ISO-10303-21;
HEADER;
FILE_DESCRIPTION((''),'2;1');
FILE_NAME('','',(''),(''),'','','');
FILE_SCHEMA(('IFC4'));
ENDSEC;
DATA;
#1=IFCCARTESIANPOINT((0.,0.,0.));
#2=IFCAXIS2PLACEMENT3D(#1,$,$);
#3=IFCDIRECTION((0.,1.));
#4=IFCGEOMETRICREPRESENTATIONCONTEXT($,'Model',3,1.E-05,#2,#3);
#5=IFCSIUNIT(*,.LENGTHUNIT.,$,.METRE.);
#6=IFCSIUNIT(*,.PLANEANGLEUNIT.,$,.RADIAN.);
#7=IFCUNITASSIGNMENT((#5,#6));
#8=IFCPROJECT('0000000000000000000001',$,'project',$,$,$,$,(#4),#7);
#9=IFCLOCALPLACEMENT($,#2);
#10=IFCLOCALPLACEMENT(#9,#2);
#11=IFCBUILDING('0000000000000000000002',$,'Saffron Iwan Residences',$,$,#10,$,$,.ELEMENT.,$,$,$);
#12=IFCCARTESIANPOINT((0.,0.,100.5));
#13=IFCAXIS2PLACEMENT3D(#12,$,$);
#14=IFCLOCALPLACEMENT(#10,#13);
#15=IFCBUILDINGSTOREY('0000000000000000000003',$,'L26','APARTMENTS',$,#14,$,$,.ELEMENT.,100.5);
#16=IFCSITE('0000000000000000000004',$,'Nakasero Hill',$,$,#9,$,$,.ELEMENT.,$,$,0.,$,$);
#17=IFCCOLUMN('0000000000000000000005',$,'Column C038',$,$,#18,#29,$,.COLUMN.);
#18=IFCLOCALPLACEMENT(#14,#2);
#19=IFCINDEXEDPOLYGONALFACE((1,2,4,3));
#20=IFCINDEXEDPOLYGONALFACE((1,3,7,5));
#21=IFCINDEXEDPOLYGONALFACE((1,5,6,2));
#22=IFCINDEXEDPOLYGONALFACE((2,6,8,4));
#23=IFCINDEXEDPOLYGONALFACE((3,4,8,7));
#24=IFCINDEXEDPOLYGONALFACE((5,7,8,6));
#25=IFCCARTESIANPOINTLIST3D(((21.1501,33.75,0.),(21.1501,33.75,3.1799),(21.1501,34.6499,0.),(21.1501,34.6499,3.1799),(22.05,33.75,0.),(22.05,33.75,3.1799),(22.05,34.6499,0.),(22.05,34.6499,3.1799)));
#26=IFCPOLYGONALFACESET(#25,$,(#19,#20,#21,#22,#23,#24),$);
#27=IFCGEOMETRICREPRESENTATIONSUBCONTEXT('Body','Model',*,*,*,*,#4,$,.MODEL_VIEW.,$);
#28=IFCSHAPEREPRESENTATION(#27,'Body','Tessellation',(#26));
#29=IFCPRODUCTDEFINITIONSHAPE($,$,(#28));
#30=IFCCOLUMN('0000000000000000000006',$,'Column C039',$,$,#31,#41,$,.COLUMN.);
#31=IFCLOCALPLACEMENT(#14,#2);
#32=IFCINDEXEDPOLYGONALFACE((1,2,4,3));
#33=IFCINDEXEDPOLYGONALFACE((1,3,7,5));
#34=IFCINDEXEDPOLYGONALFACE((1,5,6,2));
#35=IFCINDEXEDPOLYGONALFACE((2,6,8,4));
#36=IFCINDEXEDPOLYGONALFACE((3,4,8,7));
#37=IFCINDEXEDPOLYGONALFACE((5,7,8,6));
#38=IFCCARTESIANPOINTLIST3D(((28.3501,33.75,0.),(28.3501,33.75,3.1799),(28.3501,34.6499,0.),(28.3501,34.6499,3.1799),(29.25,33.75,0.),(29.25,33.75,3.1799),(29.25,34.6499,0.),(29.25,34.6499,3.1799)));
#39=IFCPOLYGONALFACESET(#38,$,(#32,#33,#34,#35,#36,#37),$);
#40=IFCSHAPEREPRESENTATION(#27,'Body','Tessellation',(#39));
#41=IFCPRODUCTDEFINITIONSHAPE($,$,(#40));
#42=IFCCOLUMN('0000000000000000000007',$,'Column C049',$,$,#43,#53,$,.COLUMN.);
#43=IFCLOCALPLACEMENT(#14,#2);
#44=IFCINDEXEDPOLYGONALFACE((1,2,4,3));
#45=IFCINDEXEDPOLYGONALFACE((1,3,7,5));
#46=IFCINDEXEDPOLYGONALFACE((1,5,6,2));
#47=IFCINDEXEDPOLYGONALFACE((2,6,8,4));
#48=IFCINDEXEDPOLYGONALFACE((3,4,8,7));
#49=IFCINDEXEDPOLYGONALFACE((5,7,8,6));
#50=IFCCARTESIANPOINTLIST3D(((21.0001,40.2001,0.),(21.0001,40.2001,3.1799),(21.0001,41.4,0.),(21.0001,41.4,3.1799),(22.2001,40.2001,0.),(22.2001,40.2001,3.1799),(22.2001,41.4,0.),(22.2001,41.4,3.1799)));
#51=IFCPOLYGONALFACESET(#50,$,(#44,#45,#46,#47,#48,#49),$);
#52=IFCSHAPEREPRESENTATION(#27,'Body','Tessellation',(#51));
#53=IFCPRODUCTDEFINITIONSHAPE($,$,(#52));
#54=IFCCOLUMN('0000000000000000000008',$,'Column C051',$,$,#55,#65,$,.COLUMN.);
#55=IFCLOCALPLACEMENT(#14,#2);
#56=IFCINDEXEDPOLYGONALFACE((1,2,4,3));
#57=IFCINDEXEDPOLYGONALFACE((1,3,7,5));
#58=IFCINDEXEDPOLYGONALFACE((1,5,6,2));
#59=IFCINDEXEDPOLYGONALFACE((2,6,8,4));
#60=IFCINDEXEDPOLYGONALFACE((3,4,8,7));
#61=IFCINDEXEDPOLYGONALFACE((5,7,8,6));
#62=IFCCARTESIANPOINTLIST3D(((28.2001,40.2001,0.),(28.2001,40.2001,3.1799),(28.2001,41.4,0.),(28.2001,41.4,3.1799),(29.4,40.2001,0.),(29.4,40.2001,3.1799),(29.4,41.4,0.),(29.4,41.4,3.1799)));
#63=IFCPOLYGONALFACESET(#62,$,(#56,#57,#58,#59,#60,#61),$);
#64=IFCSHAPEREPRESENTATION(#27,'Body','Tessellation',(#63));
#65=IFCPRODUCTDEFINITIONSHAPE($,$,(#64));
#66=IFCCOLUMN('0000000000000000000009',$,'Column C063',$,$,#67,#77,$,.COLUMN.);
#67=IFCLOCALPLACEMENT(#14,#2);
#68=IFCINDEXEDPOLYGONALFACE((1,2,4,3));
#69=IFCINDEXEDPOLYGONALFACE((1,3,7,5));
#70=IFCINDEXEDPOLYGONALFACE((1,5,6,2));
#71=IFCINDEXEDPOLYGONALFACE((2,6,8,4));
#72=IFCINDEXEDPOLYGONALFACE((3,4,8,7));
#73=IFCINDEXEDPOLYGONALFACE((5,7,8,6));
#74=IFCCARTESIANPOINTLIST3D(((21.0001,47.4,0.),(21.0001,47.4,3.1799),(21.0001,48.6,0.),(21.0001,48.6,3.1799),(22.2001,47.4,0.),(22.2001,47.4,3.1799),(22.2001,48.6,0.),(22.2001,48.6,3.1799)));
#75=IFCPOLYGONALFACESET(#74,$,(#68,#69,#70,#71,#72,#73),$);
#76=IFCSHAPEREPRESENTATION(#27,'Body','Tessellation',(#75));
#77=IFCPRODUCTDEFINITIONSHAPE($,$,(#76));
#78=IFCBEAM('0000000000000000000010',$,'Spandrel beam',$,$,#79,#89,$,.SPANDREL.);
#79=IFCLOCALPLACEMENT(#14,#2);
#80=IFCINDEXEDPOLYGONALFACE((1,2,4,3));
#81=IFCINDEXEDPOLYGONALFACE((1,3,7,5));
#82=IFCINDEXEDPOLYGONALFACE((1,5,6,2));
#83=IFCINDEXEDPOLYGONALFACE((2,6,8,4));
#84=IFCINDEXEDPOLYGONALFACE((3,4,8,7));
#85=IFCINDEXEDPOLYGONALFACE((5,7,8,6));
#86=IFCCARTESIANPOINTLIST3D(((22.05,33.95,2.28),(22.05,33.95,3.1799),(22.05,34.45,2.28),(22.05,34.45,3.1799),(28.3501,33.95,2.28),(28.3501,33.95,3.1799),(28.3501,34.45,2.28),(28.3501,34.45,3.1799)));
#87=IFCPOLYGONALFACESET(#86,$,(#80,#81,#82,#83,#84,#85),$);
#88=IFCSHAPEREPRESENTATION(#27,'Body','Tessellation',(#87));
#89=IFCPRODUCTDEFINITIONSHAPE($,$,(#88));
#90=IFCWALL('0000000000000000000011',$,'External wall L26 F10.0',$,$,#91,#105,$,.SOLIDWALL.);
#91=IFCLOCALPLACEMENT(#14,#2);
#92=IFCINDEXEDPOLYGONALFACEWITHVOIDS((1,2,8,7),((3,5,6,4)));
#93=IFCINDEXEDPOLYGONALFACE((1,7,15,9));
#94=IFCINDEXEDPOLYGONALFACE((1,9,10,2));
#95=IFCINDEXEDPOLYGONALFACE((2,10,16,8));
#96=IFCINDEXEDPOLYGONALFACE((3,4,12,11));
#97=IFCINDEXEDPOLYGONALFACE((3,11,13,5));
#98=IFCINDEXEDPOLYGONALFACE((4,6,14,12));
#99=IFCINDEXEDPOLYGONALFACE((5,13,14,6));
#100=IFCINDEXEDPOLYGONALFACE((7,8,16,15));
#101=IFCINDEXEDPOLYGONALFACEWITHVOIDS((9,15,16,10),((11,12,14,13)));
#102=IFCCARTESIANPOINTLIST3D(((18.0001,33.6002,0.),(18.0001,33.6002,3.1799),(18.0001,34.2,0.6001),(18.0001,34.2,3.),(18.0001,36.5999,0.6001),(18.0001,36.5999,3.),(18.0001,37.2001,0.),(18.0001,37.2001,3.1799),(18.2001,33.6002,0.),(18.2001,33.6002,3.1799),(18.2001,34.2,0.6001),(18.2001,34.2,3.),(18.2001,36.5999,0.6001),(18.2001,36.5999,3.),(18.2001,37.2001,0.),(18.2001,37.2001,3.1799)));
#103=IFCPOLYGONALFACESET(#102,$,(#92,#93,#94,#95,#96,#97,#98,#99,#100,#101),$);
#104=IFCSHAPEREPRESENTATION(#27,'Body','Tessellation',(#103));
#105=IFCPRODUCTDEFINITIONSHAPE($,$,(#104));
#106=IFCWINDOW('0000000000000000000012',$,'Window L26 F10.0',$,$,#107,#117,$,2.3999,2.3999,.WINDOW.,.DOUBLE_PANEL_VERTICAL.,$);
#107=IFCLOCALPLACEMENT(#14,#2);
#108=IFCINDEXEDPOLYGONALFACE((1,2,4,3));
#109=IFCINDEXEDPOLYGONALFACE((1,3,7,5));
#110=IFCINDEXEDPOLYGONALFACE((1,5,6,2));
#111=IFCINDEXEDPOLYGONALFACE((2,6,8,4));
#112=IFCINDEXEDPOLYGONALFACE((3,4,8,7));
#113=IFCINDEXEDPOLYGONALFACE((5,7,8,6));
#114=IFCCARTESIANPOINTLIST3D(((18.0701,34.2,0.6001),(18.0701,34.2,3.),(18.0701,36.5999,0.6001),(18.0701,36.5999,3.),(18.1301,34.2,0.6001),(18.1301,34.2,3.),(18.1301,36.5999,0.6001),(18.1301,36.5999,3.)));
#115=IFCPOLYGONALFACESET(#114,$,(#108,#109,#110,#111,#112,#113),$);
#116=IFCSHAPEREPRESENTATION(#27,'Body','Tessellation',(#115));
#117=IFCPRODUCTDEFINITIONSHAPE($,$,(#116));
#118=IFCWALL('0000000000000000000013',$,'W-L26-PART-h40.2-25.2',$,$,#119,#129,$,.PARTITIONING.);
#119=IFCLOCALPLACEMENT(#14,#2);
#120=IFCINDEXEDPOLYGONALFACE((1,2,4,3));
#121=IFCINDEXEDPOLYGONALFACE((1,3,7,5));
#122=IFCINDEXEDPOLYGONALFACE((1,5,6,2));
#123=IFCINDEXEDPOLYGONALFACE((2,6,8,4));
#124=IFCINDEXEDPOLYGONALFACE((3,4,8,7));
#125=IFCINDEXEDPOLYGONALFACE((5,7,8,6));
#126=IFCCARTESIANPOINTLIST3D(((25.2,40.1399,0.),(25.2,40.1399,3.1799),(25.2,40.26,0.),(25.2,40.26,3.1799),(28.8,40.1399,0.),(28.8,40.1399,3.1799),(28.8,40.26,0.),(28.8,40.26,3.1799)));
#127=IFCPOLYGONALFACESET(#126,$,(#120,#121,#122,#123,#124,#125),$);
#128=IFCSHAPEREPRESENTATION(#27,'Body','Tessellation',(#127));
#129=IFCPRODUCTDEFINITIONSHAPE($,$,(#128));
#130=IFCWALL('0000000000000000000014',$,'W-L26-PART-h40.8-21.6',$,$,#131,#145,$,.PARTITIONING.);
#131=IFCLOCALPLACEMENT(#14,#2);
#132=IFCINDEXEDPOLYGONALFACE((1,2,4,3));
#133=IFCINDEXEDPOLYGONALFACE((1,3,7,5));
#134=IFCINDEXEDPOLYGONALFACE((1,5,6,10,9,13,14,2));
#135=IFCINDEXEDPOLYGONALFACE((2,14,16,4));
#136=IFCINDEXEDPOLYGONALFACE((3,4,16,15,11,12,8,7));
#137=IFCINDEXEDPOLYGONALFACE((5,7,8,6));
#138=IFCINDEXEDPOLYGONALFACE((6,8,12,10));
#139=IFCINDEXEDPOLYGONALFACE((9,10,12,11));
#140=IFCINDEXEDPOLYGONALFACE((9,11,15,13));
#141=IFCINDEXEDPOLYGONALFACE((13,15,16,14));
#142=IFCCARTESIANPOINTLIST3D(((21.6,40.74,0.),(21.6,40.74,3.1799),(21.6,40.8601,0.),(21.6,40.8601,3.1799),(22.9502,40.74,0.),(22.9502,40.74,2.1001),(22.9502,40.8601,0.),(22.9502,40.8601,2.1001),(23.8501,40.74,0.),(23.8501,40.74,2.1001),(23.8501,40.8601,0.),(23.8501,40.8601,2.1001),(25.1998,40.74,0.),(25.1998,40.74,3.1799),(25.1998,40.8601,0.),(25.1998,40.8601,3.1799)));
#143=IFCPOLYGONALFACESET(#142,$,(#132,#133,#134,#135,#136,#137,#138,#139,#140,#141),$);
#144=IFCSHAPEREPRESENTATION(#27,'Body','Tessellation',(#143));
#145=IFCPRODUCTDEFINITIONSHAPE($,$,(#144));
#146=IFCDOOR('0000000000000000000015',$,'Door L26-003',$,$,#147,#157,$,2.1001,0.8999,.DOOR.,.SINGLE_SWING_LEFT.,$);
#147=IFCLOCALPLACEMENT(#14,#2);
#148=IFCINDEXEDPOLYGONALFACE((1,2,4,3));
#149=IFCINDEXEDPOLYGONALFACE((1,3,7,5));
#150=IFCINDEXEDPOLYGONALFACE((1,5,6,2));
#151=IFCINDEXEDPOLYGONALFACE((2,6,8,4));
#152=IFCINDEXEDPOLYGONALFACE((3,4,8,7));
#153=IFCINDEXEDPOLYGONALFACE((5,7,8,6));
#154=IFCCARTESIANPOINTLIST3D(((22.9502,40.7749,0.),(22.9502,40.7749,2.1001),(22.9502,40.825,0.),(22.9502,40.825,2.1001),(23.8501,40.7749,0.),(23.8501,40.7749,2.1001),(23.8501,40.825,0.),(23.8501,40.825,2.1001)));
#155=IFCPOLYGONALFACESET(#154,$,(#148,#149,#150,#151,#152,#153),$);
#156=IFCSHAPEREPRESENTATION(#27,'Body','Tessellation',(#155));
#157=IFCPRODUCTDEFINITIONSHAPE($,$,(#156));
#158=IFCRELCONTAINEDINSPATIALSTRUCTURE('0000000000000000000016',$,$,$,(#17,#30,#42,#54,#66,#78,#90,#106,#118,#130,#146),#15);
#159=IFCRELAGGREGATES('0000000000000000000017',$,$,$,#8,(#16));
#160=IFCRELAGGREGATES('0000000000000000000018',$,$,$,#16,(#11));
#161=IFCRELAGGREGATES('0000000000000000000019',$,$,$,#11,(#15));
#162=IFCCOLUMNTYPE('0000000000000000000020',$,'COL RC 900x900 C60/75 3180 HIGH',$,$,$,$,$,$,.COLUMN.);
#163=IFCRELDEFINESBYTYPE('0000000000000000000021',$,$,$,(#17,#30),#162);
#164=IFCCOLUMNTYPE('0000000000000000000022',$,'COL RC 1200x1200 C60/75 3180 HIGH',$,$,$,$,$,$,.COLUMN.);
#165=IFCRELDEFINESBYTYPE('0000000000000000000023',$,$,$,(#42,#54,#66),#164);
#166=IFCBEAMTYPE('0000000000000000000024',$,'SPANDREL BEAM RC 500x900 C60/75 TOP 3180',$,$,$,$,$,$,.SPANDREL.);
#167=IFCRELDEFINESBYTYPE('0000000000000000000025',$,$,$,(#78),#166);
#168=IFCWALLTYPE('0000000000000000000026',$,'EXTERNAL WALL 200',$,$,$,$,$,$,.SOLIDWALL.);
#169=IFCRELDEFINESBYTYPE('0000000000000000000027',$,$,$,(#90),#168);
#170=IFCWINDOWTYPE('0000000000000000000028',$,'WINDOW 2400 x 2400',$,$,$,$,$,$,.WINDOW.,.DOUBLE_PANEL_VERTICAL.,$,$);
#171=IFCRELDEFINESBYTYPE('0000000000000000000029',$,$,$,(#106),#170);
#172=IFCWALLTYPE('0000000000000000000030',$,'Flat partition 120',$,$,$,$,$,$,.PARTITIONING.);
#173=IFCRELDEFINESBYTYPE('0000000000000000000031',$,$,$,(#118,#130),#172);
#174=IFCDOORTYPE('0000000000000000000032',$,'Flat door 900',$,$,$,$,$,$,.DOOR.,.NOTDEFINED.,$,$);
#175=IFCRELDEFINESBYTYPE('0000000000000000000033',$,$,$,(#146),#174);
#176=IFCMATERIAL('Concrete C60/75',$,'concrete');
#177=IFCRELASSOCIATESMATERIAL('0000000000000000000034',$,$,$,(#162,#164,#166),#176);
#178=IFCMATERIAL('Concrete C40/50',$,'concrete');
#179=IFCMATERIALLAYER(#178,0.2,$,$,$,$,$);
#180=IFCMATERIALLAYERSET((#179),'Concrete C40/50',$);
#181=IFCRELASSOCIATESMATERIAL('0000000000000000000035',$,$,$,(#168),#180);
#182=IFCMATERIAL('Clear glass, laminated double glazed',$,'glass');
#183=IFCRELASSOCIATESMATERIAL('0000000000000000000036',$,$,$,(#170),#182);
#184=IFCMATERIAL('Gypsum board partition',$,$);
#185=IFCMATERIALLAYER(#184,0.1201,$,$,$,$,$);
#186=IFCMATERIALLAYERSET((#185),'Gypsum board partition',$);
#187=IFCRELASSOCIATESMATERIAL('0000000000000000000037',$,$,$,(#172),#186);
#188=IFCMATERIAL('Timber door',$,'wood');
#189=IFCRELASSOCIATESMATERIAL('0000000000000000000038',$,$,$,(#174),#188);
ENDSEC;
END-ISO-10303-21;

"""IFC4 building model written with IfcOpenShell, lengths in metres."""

from ifc_helpers import new_model, si_unit, direction, frame, frame_2d, origin, origin_2d, place, context, subcontext, project, spatial, rectangle, extrude, source, transform, mapped, material, layer, layer_set, material_profile, profile_set, type_object, element, fill, save


model = new_model("IFC4")

# Units and contexts
model_context = context("Model", 3, precision=1e-05, world=origin(), true_north=direction((0.0, 1.0)))
body_context = subcontext(model_context, "Body", "Model", "MODEL_VIEW")
ifc_project = project(units=[si_unit("LENGTHUNIT", "METRE"), si_unit("PLANEANGLEUNIT", "RADIAN")], contexts=[model_context])

# Site, building, storey
site_placement = place(None, origin())
site = spatial("IfcSite", under=ifc_project, at=site_placement, Name="Nakasero Hill", CompositionType="ELEMENT", RefElevation=0.0)
building_placement = place(site_placement, origin())
building = spatial("IfcBuilding", under=site, at=building_placement, Name="Saffron Iwan Residences", CompositionType="ELEMENT")
storey_placement = place(building_placement, frame((0.0, 0.0, 100.5)))
storey = spatial("IfcBuildingStorey", under=building, at=storey_placement, Name="L26", Description="APARTMENTS", CompositionType="ELEMENT", Elevation=100.5)

# Columns
ifc_material_1 = material(Name="Concrete C60/75", Category="concrete")
ifc_material_profile_1 = material_profile(ifc_material_1, rectangle(XDim=0.8999, YDim=0.8999, at=origin_2d()), Name="RC 900x900")
ifc_profile_set_1 = profile_set([ifc_material_profile_1], Name="Concrete C60/75")
column_type_1 = type_object("IfcColumnType", Name="COL RC 900x900 C60/75 3180 HIGH", PredefinedType="COLUMN", material=ifc_profile_set_1)
shared_shape_1 = source(origin(), body_context, "Body", "SweptSolid", [
    extrude(rectangle(XDim=0.8999, YDim=0.8999, at=origin_2d()), origin(), (0.0, 0.0, 1.0), 3.1799),
])
for number, where, z_axis, x_axis, name in (
    (1, (21.6001, 34.2, 0.0), (0.0, 0.0, 1.0), (1.0, 0.0, 0.0), "Column C038"),
    (2, (28.8, 34.2, 0.0), (0.0, 0.0, 1.0), (1.0, 0.0, 0.0), "Column C039"),
):
    element("IfcColumn", number, at=place(storey_placement, frame(where, z_axis=z_axis, x_axis=x_axis)), inside=storey, type_object=column_type_1, Name=name, PredefinedType="COLUMN", context=body_context, shape_type="MappedRepresentation", body=[
        mapped(shared_shape_1, transform((0.0, 0.0, 0.0))),
    ])
ifc_material_profile_2 = material_profile(ifc_material_1, rectangle(XDim=1.2, YDim=1.2, at=origin_2d()), Name="RC 1200x1200")
ifc_profile_set_2 = profile_set([ifc_material_profile_2], Name="Concrete C60/75")
column_type_2 = type_object("IfcColumnType", Name="COL RC 1200x1200 C60/75 3180 HIGH", PredefinedType="COLUMN", material=ifc_profile_set_2)
shared_shape_2 = source(origin(), body_context, "Body", "SweptSolid", [
    extrude(rectangle(XDim=1.2, YDim=1.2, at=origin_2d()), origin(), (0.0, 0.0, 1.0), 3.1799),
])
for number, where, z_axis, x_axis, name in (
    (3, (21.6001, 40.8, 0.0), (0.0, 0.0, 1.0), (1.0, 0.0, 0.0), "Column C049"),
    (4, (28.8, 40.8, 0.0), (0.0, 0.0, 1.0), (1.0, 0.0, 0.0), "Column C051"),
    (5, (21.6001, 48.0, 0.0), (0.0, 0.0, 1.0), (1.0, 0.0, 0.0), "Column C063"),
):
    element("IfcColumn", number, at=place(storey_placement, frame(where, z_axis=z_axis, x_axis=x_axis)), inside=storey, type_object=column_type_2, Name=name, PredefinedType="COLUMN", context=body_context, shape_type="MappedRepresentation", body=[
        mapped(shared_shape_2, transform((0.0, 0.0, 0.0))),
    ])

# Beam
ifc_material_profile_3 = material_profile(ifc_material_1, rectangle(XDim=0.5, YDim=0.8999, at=origin_2d()), Name="RC 500x900")
ifc_profile_set_3 = profile_set([ifc_material_profile_3], Name="Concrete C60/75")
beam_type = type_object("IfcBeamType", Name="SPANDREL BEAM RC 500x900 C60/75 TOP 3180", PredefinedType="SPANDREL", material=ifc_profile_set_3)
shared_shape_3 = source(origin(), body_context, "Body", "SweptSolid", [
    extrude(rectangle(XDim=0.5, YDim=0.8999, at=origin_2d()), origin(), (0.0, 0.0, 1.0), 6.3),
])
beam_placement = place(storey_placement, frame((28.3501, 34.2, 2.73), z_axis=(-1.0, 0.0, 0.0), x_axis=(0.0, -1.0, 0.0)))
element("IfcBeam", 6, at=beam_placement, inside=storey, type_object=beam_type, Name="Spandrel beam", PredefinedType="SPANDREL", context=body_context, shape_type="MappedRepresentation", body=[
    mapped(shared_shape_3, transform((0.0, 0.0, 0.0))),
])

# Wall, opening, window
ifc_material_2 = material(Name="Concrete C40/50", Category="concrete")
ifc_layer_1 = layer(ifc_material_2, 0.2)
ifc_layer_set_1 = layer_set([ifc_layer_1], Name="Concrete C40/50")
wall_type_1 = type_object("IfcWallType", Name="EXTERNAL WALL 200", PredefinedType="SOLIDWALL", material=ifc_layer_set_1)
wall_1_placement = place(storey_placement, frame((18.1001, 37.2, 0.0), z_axis=(0.0, 0.0, 1.0), x_axis=(0.0, -1.0, 0.0)))
wall_1 = element("IfcWall", 7, at=wall_1_placement, inside=storey, type_object=wall_type_1, Name="External wall L26 F10.0", PredefinedType="SOLIDWALL", context=body_context, shape_type="SweptSolid", body=[
    extrude(rectangle(XDim=3.5999, YDim=0.2, at=frame_2d((1.7998, 0.0))), origin(), (0.0, 0.0, 1.0), 3.1799),
])
opening_1_placement = place(wall_1_placement, frame((0.6001, 0.0, 0.6001)))
opening_1 = element("IfcOpeningElement", 8, at=opening_1_placement, cuts=wall_1, PredefinedType="OPENING", context=body_context, shape_type="SweptSolid", body=[
    extrude(rectangle(XDim=2.3999, YDim=2.3999, at=frame_2d((1.2, 1.2))), frame((0.0, 0.1099, 0.0), z_axis=(0.0, -1.0, 0.0), x_axis=(1.0, 0.0, 0.0)), (0.0, 0.0, 1.0), 0.22),
])
ifc_material_3 = material(Name="Clear glass, laminated double glazed", Category="glass")
window_type = type_object("IfcWindowType", Name="WINDOW 2400 x 2400", PartitioningType="DOUBLE_PANEL_VERTICAL", PredefinedType="WINDOW", material=ifc_material_3)
window_placement = place(opening_1_placement, origin())
window = element("IfcWindow", 9, at=window_placement, inside=storey, type_object=window_type, Name="Window L26 F10.0", OverallHeight=2.3999, OverallWidth=2.3999, PartitioningType="DOUBLE_PANEL_VERTICAL", PredefinedType="WINDOW", context=body_context, shape_type="SweptSolid", body=[
    extrude(rectangle(XDim=2.3999, YDim=2.3999, at=frame_2d((1.2, 1.2))), frame((0.0, 0.03, 0.0), z_axis=(0.0, -1.0, 0.0), x_axis=(1.0, 0.0, 0.0)), (0.0, 0.0, 1.0), 0.0601),
])
fill(opening_1, window)

# Wall
ifc_material_4 = material(Name="Gypsum board partition")
ifc_layer_2 = layer(ifc_material_4, 0.1201)
ifc_layer_set_2 = layer_set([ifc_layer_2], Name="Gypsum board partition")
wall_type_2 = type_object("IfcWallType", Name="Flat partition 120", PredefinedType="PARTITIONING", material=ifc_layer_set_2)
wall_2_placement = place(storey_placement, frame((25.2, 40.2, 0.0), z_axis=(0.0, 0.0, 1.0), x_axis=(1.0, 0.0, 0.0)))
element("IfcWall", 10, at=wall_2_placement, inside=storey, type_object=wall_type_2, Name="W-L26-PART-h40.2-25.2", PredefinedType="PARTITIONING", context=body_context, shape_type="SweptSolid", body=[
    extrude(rectangle(XDim=3.6001, YDim=0.1201, at=frame_2d((1.8, 0.0))), origin(), (0.0, 0.0, 1.0), 3.1799),
])

# Wall, opening, door
wall_3_placement = place(storey_placement, frame((21.6001, 40.8, 0.0), z_axis=(0.0, 0.0, 1.0), x_axis=(1.0, 0.0, 0.0)))
wall_3 = element("IfcWall", 11, at=wall_3_placement, inside=storey, type_object=wall_type_2, Name="W-L26-PART-h40.8-21.6", PredefinedType="PARTITIONING", context=body_context, shape_type="SweptSolid", body=[
    extrude(rectangle(XDim=3.5999, YDim=0.1201, at=frame_2d((1.7998, 0.0))), origin(), (0.0, 0.0, 1.0), 3.1799),
])
opening_2_placement = place(wall_3_placement, frame((1.3501, 0.0, 0.0)))
opening_2 = element("IfcOpeningElement", 12, at=opening_2_placement, cuts=wall_3, PredefinedType="OPENING", context=body_context, shape_type="SweptSolid", body=[
    extrude(rectangle(XDim=0.8999, YDim=2.1001, at=frame_2d((0.45, 1.05))), frame((0.0, 0.0701, 0.0), z_axis=(0.0, -1.0, 0.0), x_axis=(1.0, 0.0, 0.0)), (0.0, 0.0, 1.0), 0.1401),
])
ifc_material_5 = material(Name="Timber door", Category="wood")
door_type_1 = type_object("IfcDoorType", Name="Flat door 900", OperationType="NOTDEFINED", PredefinedType="DOOR", material=ifc_material_5)
door_1_placement = place(opening_2_placement, origin())
door_1 = element("IfcDoor", 13, at=door_1_placement, inside=storey, type_object=door_type_1, Name="Door L26-003", OperationType="SINGLE_SWING_LEFT", OverallHeight=2.1001, OverallWidth=0.8999, PredefinedType="DOOR", context=body_context, shape_type="SweptSolid", body=[
    extrude(rectangle(XDim=0.8999, YDim=2.1001, at=frame_2d((0.45, 1.05))), frame((0.0, 0.0249, 0.0), z_axis=(0.0, -1.0, 0.0), x_axis=(1.0, 0.0, 0.0)), (0.0, 0.0, 1.0), 0.05),
])
fill(opening_2, door_1)

save(model, "model.ifc")
